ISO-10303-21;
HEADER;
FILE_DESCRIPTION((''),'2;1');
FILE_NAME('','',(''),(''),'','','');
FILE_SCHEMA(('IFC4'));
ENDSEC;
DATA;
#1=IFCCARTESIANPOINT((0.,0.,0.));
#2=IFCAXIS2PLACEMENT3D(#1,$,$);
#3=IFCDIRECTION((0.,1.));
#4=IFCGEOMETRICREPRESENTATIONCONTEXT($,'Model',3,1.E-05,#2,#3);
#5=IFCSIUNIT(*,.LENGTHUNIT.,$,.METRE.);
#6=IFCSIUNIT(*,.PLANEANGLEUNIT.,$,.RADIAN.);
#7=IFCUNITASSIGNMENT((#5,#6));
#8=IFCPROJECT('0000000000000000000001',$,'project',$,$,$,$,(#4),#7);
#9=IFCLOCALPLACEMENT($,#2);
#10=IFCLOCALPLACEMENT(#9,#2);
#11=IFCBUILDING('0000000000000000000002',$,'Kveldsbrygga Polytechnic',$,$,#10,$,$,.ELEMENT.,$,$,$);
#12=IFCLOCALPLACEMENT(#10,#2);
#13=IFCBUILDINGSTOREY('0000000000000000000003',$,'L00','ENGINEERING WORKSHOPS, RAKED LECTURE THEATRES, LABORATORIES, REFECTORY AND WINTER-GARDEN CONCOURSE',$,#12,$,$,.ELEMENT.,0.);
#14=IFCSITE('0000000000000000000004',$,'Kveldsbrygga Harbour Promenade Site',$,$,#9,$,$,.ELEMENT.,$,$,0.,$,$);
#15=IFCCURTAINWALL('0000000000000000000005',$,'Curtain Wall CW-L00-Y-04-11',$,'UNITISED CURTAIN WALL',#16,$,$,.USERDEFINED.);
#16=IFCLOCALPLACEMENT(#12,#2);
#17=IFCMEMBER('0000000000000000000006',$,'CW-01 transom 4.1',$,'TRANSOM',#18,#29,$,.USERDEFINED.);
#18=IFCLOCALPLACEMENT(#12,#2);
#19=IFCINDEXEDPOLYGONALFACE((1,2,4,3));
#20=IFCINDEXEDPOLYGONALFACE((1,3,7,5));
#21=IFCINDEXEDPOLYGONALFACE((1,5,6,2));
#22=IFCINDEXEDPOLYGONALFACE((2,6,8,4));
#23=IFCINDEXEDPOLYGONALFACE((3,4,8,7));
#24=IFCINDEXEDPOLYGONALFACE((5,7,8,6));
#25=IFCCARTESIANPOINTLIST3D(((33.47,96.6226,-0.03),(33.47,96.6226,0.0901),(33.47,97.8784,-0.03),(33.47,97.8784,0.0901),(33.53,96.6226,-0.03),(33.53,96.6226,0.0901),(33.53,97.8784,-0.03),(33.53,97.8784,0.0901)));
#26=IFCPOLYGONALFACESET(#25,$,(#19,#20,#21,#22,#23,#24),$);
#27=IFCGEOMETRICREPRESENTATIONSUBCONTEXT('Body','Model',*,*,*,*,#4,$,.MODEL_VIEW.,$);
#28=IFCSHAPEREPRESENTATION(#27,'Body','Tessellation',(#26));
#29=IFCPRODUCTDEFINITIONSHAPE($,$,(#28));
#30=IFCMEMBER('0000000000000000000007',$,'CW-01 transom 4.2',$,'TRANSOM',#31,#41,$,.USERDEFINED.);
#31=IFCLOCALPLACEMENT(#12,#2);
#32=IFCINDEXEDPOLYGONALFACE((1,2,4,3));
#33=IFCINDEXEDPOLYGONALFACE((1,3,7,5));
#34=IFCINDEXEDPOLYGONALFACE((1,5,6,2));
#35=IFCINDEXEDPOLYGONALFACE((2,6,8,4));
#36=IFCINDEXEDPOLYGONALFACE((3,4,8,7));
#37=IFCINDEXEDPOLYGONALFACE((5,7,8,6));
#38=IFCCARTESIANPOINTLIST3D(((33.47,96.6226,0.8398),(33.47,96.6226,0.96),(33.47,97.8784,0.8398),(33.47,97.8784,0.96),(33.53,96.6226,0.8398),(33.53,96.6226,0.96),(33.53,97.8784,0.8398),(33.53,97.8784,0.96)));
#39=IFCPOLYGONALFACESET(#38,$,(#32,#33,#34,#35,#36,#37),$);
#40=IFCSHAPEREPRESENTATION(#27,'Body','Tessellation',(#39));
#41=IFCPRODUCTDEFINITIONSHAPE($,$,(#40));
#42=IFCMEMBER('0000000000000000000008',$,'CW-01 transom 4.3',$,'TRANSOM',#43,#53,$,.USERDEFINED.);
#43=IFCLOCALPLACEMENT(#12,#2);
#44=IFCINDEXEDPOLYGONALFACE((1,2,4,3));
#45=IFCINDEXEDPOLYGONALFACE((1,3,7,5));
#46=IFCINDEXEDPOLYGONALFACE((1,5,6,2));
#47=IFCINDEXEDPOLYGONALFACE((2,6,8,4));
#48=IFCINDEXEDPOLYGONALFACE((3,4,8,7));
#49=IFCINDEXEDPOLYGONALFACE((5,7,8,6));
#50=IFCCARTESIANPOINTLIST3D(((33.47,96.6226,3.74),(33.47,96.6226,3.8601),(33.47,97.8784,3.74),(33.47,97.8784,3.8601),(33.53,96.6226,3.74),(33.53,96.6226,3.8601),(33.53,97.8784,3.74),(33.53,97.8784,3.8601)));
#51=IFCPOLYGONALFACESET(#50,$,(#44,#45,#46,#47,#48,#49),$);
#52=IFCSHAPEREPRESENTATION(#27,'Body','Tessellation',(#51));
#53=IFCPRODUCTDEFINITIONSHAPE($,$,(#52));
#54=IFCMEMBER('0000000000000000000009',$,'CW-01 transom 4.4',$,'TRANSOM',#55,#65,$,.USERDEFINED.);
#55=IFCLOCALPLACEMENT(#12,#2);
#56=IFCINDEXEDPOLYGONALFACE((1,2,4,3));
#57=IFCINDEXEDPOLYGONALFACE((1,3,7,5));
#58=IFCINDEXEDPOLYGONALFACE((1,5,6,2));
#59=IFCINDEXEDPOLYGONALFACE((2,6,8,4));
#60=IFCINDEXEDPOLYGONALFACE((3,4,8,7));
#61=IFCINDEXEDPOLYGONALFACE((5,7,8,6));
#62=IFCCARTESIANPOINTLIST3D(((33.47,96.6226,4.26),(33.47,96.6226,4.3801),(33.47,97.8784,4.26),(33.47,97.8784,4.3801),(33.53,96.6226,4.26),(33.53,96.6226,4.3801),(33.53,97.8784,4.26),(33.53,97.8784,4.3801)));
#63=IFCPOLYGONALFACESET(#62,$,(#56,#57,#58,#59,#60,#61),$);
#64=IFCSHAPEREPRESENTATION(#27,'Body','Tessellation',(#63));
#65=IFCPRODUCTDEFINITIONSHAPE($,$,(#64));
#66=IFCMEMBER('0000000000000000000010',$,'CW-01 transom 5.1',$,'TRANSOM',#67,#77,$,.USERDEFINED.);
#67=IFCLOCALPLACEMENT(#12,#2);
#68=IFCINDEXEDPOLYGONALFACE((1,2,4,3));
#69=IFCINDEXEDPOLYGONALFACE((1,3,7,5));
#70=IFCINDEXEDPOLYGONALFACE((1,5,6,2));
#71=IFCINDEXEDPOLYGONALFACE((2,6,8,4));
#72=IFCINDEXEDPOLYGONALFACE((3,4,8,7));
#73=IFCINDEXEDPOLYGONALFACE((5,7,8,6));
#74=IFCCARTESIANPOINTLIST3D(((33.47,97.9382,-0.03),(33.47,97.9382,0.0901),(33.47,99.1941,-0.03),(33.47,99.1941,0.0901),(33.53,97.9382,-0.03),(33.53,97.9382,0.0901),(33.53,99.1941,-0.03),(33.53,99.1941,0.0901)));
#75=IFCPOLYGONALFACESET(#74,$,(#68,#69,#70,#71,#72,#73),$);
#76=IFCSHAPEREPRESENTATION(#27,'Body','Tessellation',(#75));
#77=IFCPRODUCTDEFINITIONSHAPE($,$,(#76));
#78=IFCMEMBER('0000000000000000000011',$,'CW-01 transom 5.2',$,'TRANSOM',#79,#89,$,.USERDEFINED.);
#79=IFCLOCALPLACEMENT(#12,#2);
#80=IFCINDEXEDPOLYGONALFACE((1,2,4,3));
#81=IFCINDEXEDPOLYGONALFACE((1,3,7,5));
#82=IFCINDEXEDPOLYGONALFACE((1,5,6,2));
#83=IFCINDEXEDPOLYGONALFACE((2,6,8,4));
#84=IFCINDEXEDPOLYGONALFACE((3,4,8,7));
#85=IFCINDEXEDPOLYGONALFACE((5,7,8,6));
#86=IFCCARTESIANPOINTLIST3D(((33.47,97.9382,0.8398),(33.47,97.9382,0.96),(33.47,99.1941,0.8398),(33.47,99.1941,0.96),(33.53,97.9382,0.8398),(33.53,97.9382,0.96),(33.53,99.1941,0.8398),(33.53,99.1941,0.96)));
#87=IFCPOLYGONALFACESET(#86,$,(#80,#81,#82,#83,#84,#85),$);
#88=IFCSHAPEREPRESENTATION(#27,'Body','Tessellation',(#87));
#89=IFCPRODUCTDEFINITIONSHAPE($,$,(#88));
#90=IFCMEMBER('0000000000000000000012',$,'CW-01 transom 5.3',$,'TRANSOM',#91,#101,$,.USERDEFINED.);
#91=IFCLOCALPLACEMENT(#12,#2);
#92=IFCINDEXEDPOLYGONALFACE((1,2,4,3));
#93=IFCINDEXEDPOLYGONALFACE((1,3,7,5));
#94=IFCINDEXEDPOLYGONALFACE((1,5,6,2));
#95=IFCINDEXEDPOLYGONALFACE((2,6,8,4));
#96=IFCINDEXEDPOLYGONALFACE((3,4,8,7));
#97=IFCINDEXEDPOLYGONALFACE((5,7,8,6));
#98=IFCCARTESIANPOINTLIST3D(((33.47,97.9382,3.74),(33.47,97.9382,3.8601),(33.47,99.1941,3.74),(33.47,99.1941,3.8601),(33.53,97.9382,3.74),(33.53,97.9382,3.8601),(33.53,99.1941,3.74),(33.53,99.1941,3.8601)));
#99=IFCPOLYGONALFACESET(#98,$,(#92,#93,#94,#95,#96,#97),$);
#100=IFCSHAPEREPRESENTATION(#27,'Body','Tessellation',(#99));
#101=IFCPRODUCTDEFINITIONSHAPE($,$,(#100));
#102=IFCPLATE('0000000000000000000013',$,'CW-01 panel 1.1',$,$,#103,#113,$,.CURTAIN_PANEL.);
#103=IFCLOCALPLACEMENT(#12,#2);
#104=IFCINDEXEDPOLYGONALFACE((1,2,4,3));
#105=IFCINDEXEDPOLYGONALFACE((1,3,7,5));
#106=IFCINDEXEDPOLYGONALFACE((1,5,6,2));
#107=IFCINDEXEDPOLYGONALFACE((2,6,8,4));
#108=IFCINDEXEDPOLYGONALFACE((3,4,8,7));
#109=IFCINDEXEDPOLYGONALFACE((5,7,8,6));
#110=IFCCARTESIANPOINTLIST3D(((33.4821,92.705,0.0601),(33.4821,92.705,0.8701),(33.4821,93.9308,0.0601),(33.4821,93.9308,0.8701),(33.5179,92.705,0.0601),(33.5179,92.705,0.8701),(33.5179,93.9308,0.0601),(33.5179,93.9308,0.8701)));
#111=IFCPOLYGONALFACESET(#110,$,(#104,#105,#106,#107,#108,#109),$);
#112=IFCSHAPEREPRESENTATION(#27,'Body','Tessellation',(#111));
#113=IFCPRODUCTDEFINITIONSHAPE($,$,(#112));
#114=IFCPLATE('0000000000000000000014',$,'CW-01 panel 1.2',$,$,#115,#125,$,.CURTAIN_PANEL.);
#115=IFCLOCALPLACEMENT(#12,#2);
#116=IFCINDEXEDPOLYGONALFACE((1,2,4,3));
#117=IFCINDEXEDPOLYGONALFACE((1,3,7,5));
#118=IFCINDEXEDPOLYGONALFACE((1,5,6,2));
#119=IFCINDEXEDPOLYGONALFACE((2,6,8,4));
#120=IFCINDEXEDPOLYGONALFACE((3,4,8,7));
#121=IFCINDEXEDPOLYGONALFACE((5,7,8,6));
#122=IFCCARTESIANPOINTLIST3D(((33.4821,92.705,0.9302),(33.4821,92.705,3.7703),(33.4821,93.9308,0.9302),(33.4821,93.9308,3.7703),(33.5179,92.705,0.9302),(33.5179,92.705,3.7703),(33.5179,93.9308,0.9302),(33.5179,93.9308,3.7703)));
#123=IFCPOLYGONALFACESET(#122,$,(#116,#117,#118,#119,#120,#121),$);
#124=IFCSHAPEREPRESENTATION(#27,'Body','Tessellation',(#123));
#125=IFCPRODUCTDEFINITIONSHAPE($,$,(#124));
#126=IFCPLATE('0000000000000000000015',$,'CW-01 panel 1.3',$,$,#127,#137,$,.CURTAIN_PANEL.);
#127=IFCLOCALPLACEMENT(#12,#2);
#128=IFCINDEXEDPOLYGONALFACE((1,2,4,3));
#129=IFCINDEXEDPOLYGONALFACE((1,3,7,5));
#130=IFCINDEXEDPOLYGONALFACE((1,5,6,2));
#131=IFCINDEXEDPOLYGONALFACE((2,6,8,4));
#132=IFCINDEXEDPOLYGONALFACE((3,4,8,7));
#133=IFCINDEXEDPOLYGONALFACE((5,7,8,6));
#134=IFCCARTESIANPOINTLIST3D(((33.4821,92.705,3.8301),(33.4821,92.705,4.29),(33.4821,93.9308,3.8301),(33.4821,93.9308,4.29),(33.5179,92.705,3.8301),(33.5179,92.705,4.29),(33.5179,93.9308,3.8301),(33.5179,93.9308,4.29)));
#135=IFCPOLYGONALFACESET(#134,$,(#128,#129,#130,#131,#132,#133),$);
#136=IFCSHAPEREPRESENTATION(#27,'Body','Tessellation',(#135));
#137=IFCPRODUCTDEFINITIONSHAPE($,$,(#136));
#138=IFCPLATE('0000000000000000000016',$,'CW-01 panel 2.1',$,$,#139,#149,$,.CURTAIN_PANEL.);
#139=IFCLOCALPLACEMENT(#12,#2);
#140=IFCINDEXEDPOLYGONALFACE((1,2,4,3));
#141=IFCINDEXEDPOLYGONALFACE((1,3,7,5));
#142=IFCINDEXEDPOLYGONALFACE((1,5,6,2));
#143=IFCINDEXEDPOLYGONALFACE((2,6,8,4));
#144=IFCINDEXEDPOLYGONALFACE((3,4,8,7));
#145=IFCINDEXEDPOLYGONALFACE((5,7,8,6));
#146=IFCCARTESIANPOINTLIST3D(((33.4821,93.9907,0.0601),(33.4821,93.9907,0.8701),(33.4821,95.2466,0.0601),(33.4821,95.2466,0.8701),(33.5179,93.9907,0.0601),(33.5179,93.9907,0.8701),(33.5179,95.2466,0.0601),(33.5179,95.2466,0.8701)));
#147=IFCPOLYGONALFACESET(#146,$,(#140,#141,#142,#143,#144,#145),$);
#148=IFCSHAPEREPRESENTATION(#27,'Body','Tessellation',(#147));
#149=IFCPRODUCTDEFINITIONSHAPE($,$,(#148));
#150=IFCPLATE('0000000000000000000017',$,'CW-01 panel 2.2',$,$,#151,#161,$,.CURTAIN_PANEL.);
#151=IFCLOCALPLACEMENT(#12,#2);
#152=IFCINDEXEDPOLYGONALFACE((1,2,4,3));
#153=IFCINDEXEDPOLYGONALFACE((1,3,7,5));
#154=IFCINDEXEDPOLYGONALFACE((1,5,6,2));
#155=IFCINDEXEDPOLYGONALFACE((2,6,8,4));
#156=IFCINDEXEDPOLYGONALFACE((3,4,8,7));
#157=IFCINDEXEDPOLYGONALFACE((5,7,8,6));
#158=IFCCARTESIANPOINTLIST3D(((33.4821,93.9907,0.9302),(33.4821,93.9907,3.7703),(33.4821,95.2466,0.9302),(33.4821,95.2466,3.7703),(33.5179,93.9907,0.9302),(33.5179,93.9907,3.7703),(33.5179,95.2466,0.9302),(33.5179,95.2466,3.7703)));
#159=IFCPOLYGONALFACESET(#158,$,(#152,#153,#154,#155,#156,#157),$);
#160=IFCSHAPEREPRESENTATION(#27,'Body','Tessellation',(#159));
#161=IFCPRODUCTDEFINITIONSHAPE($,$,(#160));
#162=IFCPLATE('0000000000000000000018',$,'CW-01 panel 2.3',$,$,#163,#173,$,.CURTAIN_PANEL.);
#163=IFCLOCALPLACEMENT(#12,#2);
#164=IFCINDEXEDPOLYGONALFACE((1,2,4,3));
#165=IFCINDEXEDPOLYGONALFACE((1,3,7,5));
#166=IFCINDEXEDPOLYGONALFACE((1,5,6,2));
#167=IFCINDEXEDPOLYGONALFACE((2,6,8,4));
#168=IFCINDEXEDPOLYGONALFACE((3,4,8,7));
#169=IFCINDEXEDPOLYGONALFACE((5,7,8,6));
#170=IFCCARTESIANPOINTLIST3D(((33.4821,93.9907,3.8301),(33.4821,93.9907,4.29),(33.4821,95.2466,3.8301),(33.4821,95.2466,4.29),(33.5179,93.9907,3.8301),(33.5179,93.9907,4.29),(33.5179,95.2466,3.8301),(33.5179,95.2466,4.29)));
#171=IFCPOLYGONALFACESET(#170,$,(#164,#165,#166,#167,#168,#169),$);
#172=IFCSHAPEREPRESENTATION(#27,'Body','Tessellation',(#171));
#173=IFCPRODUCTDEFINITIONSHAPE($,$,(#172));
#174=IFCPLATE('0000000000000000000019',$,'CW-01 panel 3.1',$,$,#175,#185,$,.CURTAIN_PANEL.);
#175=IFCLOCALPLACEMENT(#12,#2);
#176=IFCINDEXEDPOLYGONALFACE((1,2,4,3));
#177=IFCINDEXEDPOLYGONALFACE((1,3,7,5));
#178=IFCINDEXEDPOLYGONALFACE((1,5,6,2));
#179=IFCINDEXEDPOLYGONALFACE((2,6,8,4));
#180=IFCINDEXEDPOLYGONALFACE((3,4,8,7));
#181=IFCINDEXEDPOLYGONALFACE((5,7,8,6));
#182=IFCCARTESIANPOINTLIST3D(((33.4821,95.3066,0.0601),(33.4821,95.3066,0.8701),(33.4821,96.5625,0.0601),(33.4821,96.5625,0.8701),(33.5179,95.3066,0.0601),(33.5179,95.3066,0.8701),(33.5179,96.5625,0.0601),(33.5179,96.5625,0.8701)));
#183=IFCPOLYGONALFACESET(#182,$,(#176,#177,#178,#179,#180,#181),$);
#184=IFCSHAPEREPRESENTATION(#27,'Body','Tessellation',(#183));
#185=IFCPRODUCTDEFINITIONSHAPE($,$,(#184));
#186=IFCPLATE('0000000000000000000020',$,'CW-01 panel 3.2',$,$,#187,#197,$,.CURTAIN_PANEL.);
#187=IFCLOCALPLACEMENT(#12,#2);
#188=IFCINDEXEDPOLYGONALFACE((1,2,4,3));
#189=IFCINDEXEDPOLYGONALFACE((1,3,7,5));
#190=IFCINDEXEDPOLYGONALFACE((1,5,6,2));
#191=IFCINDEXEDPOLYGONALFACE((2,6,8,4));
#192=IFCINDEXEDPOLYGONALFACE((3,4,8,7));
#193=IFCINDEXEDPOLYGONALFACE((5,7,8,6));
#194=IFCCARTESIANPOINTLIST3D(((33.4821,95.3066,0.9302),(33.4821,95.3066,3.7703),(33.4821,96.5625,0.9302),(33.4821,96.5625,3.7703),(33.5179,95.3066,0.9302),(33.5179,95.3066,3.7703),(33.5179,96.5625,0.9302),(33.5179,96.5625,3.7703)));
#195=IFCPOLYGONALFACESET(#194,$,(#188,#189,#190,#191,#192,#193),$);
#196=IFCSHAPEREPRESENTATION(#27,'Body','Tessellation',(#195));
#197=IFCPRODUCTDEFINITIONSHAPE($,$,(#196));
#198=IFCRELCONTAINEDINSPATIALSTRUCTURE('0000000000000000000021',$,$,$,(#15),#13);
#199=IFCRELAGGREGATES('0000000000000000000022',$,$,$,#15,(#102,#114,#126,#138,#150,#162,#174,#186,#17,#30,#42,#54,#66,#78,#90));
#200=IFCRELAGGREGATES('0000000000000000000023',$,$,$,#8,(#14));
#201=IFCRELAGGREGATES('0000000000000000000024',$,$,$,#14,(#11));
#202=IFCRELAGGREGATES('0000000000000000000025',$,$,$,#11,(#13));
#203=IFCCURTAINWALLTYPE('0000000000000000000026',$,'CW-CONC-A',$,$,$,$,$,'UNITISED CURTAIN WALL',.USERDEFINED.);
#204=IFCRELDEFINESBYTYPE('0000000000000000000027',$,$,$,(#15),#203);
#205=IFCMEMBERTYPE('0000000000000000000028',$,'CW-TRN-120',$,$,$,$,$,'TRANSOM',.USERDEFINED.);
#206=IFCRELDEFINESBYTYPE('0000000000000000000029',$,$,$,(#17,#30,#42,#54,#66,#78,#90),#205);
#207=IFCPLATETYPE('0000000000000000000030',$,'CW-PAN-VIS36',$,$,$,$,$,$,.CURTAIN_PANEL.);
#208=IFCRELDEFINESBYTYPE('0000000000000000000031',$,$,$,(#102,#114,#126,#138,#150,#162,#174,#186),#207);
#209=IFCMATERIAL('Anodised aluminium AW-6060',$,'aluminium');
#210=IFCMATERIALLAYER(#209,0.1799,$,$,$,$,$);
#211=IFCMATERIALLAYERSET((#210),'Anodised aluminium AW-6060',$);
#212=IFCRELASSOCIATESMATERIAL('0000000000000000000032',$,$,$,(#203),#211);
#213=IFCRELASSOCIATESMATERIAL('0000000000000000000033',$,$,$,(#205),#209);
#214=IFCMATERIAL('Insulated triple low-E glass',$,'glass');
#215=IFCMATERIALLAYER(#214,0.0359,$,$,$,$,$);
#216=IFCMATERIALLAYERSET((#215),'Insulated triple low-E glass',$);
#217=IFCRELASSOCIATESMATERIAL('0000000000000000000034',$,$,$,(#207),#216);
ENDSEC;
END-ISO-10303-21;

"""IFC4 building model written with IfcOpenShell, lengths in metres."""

from ifc_helpers import new_model, si_unit, direction, frame, origin, origin_2d, place, context, subcontext, project, spatial, rectangle, extrude, material, layer, layer_set, material_profile, profile_set, type_object, element, aggregate, save


model = new_model("IFC4")

# Units and contexts
model_context = context("Model", 3, precision=1e-05, world=origin(), true_north=direction((0.0, 1.0)))
body_context = subcontext(model_context, "Body", "Model", "MODEL_VIEW")
ifc_project = project(units=[si_unit("LENGTHUNIT", "METRE"), si_unit("PLANEANGLEUNIT", "RADIAN")], contexts=[model_context])

# Site, building, storey
site_placement = place(None, origin())
site = spatial("IfcSite", under=ifc_project, at=site_placement, Name="Kveldsbrygga Harbour Promenade Site", CompositionType="ELEMENT", RefElevation=0.0)
building_placement = place(site_placement, origin())
building = spatial("IfcBuilding", under=site, at=building_placement, Name="Kveldsbrygga Polytechnic", CompositionType="ELEMENT")
storey_placement = place(building_placement, origin())
storey = spatial("IfcBuildingStorey", under=building, at=storey_placement, Name="L00", Description="ENGINEERING WORKSHOPS, RAKED LECTURE THEATRES, LABORATORIES, REFECTORY AND WINTER-GARDEN CONCOURSE", CompositionType="ELEMENT", Elevation=0.0)

# Curtain wall, members, plates
ifc_material_1 = material(Name="Anodised aluminium AW-6060", Category="aluminium")
ifc_layer_1 = layer(ifc_material_1, 0.1799)
ifc_layer_set_1 = layer_set([ifc_layer_1], Name="Anodised aluminium AW-6060")
curtain_wall_type = type_object("IfcCurtainWallType", Name="CW-CONC-A", ElementType="UNITISED CURTAIN WALL", PredefinedType="USERDEFINED", material=ifc_layer_set_1)
curtain_wall_placement = place(storey_placement, origin())
curtain_wall = element("IfcCurtainWall", 1, at=curtain_wall_placement, inside=storey, type_object=curtain_wall_type, Name="Curtain Wall CW-L00-Y-04-11", ObjectType="UNITISED CURTAIN WALL", PredefinedType="USERDEFINED")
ifc_material_profile_1 = material_profile(ifc_material_1, rectangle(XDim=0.0601, YDim=0.1201, at=origin_2d()), Name="ALU 60x120")
ifc_profile_set_1 = profile_set([ifc_material_profile_1], Name="Anodised aluminium AW-6060")
member_type_1 = type_object("IfcMemberType", Name="CW-TRN-120", ElementType="TRANSOM", PredefinedType="USERDEFINED", material=ifc_profile_set_1)
member_1_placement = place(storey_placement, frame((33.5, 96.6226, 0.03), z_axis=(0.0, 1.0, 0.0), x_axis=(-1.0, 0.0, 0.0)))
member_1 = element("IfcMember", 2, at=member_1_placement, type_object=member_type_1, Name="CW-01 transom 4.1", ObjectType="TRANSOM", PredefinedType="USERDEFINED", context=body_context, shape_type="SweptSolid", body=[
    extrude(rectangle(XDim=0.0601, YDim=0.1201, at=origin_2d()), origin(), (0.0, 0.0, 1.0), 1.2559),
])
member_2_placement = place(storey_placement, frame((33.5, 96.6226, 0.8999), z_axis=(0.0, 1.0, 0.0), x_axis=(-1.0, 0.0, 0.0)))
member_2 = element("IfcMember", 3, at=member_2_placement, type_object=member_type_1, Name="CW-01 transom 4.2", ObjectType="TRANSOM", PredefinedType="USERDEFINED", context=body_context, shape_type="SweptSolid", body=[
    extrude(rectangle(XDim=0.0601, YDim=0.1201, at=origin_2d()), origin(), (0.0, 0.0, 1.0), 1.2559),
])
member_3_placement = place(storey_placement, frame((33.5, 96.6226, 3.8), z_axis=(0.0, 1.0, 0.0), x_axis=(-1.0, 0.0, 0.0)))
member_3 = element("IfcMember", 4, at=member_3_placement, type_object=member_type_1, Name="CW-01 transom 4.3", ObjectType="TRANSOM", PredefinedType="USERDEFINED", context=body_context, shape_type="SweptSolid", body=[
    extrude(rectangle(XDim=0.0601, YDim=0.1201, at=origin_2d()), origin(), (0.0, 0.0, 1.0), 1.2559),
])
member_4_placement = place(storey_placement, frame((33.5, 96.6226, 4.3201), z_axis=(0.0, 1.0, 0.0), x_axis=(-1.0, 0.0, 0.0)))
member_4 = element("IfcMember", 5, at=member_4_placement, type_object=member_type_1, Name="CW-01 transom 4.4", ObjectType="TRANSOM", PredefinedType="USERDEFINED", context=body_context, shape_type="SweptSolid", body=[
    extrude(rectangle(XDim=0.0601, YDim=0.1201, at=origin_2d()), origin(), (0.0, 0.0, 1.0), 1.2559),
])
member_5_placement = place(storey_placement, frame((33.5, 97.9382, 0.03), z_axis=(0.0, 1.0, 0.0), x_axis=(-1.0, 0.0, 0.0)))
member_5 = element("IfcMember", 6, at=member_5_placement, type_object=member_type_1, Name="CW-01 transom 5.1", ObjectType="TRANSOM", PredefinedType="USERDEFINED", context=body_context, shape_type="SweptSolid", body=[
    extrude(rectangle(XDim=0.0601, YDim=0.1201, at=origin_2d()), origin(), (0.0, 0.0, 1.0), 1.2559),
])
member_6_placement = place(storey_placement, frame((33.5, 97.9382, 0.8999), z_axis=(0.0, 1.0, 0.0), x_axis=(-1.0, 0.0, 0.0)))
member_6 = element("IfcMember", 7, at=member_6_placement, type_object=member_type_1, Name="CW-01 transom 5.2", ObjectType="TRANSOM", PredefinedType="USERDEFINED", context=body_context, shape_type="SweptSolid", body=[
    extrude(rectangle(XDim=0.0601, YDim=0.1201, at=origin_2d()), origin(), (0.0, 0.0, 1.0), 1.2559),
])
member_7_placement = place(storey_placement, frame((33.5, 97.9382, 3.8), z_axis=(0.0, 1.0, 0.0), x_axis=(-1.0, 0.0, 0.0)))
member_7 = element("IfcMember", 8, at=member_7_placement, type_object=member_type_1, Name="CW-01 transom 5.3", ObjectType="TRANSOM", PredefinedType="USERDEFINED", context=body_context, shape_type="SweptSolid", body=[
    extrude(rectangle(XDim=0.0601, YDim=0.1201, at=origin_2d()), origin(), (0.0, 0.0, 1.0), 1.2559),
])
ifc_material_2 = material(Name="Insulated triple low-E glass", Category="glass")
ifc_layer_2 = layer(ifc_material_2, 0.0359)
ifc_layer_set_2 = layer_set([ifc_layer_2], Name="Insulated triple low-E glass")
plate_type = type_object("IfcPlateType", Name="CW-PAN-VIS36", PredefinedType="CURTAIN_PANEL", material=ifc_layer_set_2)
plate_1_placement = place(storey_placement, frame((33.5, 93.3179, 0.0601), z_axis=(0.0, 0.0, 1.0), x_axis=(0.0, 1.0, 0.0)))
plate_1 = element("IfcPlate", 9, at=plate_1_placement, type_object=plate_type, Name="CW-01 panel 1.1", PredefinedType="CURTAIN_PANEL", context=body_context, shape_type="SweptSolid", body=[
    extrude(rectangle(XDim=1.2258, YDim=0.0359, at=origin_2d()), origin(), (0.0, 0.0, 1.0), 0.8101),
])
plate_2_placement = place(storey_placement, frame((33.5, 93.3179, 0.9302), z_axis=(0.0, 0.0, 1.0), x_axis=(0.0, 1.0, 0.0)))
plate_2 = element("IfcPlate", 10, at=plate_2_placement, type_object=plate_type, Name="CW-01 panel 1.2", PredefinedType="CURTAIN_PANEL", context=body_context, shape_type="SweptSolid", body=[
    extrude(rectangle(XDim=1.2258, YDim=0.0359, at=origin_2d()), origin(), (0.0, 0.0, 1.0), 2.8401),
])
plate_3_placement = place(storey_placement, frame((33.5, 93.3179, 3.8301), z_axis=(0.0, 0.0, 1.0), x_axis=(0.0, 1.0, 0.0)))
plate_3 = element("IfcPlate", 11, at=plate_3_placement, type_object=plate_type, Name="CW-01 panel 1.3", PredefinedType="CURTAIN_PANEL", context=body_context, shape_type="SweptSolid", body=[
    extrude(rectangle(XDim=1.2258, YDim=0.0359, at=origin_2d()), origin(), (0.0, 0.0, 1.0), 0.46),
])
plate_4_placement = place(storey_placement, frame((33.5, 94.6187, 0.0601), z_axis=(0.0, 0.0, 1.0), x_axis=(0.0, 1.0, 0.0)))
plate_4 = element("IfcPlate", 12, at=plate_4_placement, type_object=plate_type, Name="CW-01 panel 2.1", PredefinedType="CURTAIN_PANEL", context=body_context, shape_type="SweptSolid", body=[
    extrude(rectangle(XDim=1.2559, YDim=0.0359, at=origin_2d()), origin(), (0.0, 0.0, 1.0), 0.8101),
])
plate_5_placement = place(storey_placement, frame((33.5, 94.6187, 0.9302), z_axis=(0.0, 0.0, 1.0), x_axis=(0.0, 1.0, 0.0)))
plate_5 = element("IfcPlate", 13, at=plate_5_placement, type_object=plate_type, Name="CW-01 panel 2.2", PredefinedType="CURTAIN_PANEL", context=body_context, shape_type="SweptSolid", body=[
    extrude(rectangle(XDim=1.2559, YDim=0.0359, at=origin_2d()), origin(), (0.0, 0.0, 1.0), 2.8401),
])
plate_6_placement = place(storey_placement, frame((33.5, 94.6187, 3.8301), z_axis=(0.0, 0.0, 1.0), x_axis=(0.0, 1.0, 0.0)))
plate_6 = element("IfcPlate", 14, at=plate_6_placement, type_object=plate_type, Name="CW-01 panel 2.3", PredefinedType="CURTAIN_PANEL", context=body_context, shape_type="SweptSolid", body=[
    extrude(rectangle(XDim=1.2559, YDim=0.0359, at=origin_2d()), origin(), (0.0, 0.0, 1.0), 0.46),
])
plate_7_placement = place(storey_placement, frame((33.5, 95.9346, 0.0601), z_axis=(0.0, 0.0, 1.0), x_axis=(0.0, 1.0, 0.0)))
plate_7 = element("IfcPlate", 15, at=plate_7_placement, type_object=plate_type, Name="CW-01 panel 3.1", PredefinedType="CURTAIN_PANEL", context=body_context, shape_type="SweptSolid", body=[
    extrude(rectangle(XDim=1.2559, YDim=0.0359, at=origin_2d()), origin(), (0.0, 0.0, 1.0), 0.8101),
])
plate_8_placement = place(storey_placement, frame((33.5, 95.9346, 0.9302), z_axis=(0.0, 0.0, 1.0), x_axis=(0.0, 1.0, 0.0)))
plate_8 = element("IfcPlate", 16, at=plate_8_placement, type_object=plate_type, Name="CW-01 panel 3.2", PredefinedType="CURTAIN_PANEL", context=body_context, shape_type="SweptSolid", body=[
    extrude(rectangle(XDim=1.2559, YDim=0.0359, at=origin_2d()), origin(), (0.0, 0.0, 1.0), 2.8401),
])
aggregate(curtain_wall, [plate_1, plate_2, plate_3, plate_4, plate_5, plate_6, plate_7, plate_8, member_1, member_2, member_3, member_4, member_5, member_6, member_7])

save(model, "model.ifc")
